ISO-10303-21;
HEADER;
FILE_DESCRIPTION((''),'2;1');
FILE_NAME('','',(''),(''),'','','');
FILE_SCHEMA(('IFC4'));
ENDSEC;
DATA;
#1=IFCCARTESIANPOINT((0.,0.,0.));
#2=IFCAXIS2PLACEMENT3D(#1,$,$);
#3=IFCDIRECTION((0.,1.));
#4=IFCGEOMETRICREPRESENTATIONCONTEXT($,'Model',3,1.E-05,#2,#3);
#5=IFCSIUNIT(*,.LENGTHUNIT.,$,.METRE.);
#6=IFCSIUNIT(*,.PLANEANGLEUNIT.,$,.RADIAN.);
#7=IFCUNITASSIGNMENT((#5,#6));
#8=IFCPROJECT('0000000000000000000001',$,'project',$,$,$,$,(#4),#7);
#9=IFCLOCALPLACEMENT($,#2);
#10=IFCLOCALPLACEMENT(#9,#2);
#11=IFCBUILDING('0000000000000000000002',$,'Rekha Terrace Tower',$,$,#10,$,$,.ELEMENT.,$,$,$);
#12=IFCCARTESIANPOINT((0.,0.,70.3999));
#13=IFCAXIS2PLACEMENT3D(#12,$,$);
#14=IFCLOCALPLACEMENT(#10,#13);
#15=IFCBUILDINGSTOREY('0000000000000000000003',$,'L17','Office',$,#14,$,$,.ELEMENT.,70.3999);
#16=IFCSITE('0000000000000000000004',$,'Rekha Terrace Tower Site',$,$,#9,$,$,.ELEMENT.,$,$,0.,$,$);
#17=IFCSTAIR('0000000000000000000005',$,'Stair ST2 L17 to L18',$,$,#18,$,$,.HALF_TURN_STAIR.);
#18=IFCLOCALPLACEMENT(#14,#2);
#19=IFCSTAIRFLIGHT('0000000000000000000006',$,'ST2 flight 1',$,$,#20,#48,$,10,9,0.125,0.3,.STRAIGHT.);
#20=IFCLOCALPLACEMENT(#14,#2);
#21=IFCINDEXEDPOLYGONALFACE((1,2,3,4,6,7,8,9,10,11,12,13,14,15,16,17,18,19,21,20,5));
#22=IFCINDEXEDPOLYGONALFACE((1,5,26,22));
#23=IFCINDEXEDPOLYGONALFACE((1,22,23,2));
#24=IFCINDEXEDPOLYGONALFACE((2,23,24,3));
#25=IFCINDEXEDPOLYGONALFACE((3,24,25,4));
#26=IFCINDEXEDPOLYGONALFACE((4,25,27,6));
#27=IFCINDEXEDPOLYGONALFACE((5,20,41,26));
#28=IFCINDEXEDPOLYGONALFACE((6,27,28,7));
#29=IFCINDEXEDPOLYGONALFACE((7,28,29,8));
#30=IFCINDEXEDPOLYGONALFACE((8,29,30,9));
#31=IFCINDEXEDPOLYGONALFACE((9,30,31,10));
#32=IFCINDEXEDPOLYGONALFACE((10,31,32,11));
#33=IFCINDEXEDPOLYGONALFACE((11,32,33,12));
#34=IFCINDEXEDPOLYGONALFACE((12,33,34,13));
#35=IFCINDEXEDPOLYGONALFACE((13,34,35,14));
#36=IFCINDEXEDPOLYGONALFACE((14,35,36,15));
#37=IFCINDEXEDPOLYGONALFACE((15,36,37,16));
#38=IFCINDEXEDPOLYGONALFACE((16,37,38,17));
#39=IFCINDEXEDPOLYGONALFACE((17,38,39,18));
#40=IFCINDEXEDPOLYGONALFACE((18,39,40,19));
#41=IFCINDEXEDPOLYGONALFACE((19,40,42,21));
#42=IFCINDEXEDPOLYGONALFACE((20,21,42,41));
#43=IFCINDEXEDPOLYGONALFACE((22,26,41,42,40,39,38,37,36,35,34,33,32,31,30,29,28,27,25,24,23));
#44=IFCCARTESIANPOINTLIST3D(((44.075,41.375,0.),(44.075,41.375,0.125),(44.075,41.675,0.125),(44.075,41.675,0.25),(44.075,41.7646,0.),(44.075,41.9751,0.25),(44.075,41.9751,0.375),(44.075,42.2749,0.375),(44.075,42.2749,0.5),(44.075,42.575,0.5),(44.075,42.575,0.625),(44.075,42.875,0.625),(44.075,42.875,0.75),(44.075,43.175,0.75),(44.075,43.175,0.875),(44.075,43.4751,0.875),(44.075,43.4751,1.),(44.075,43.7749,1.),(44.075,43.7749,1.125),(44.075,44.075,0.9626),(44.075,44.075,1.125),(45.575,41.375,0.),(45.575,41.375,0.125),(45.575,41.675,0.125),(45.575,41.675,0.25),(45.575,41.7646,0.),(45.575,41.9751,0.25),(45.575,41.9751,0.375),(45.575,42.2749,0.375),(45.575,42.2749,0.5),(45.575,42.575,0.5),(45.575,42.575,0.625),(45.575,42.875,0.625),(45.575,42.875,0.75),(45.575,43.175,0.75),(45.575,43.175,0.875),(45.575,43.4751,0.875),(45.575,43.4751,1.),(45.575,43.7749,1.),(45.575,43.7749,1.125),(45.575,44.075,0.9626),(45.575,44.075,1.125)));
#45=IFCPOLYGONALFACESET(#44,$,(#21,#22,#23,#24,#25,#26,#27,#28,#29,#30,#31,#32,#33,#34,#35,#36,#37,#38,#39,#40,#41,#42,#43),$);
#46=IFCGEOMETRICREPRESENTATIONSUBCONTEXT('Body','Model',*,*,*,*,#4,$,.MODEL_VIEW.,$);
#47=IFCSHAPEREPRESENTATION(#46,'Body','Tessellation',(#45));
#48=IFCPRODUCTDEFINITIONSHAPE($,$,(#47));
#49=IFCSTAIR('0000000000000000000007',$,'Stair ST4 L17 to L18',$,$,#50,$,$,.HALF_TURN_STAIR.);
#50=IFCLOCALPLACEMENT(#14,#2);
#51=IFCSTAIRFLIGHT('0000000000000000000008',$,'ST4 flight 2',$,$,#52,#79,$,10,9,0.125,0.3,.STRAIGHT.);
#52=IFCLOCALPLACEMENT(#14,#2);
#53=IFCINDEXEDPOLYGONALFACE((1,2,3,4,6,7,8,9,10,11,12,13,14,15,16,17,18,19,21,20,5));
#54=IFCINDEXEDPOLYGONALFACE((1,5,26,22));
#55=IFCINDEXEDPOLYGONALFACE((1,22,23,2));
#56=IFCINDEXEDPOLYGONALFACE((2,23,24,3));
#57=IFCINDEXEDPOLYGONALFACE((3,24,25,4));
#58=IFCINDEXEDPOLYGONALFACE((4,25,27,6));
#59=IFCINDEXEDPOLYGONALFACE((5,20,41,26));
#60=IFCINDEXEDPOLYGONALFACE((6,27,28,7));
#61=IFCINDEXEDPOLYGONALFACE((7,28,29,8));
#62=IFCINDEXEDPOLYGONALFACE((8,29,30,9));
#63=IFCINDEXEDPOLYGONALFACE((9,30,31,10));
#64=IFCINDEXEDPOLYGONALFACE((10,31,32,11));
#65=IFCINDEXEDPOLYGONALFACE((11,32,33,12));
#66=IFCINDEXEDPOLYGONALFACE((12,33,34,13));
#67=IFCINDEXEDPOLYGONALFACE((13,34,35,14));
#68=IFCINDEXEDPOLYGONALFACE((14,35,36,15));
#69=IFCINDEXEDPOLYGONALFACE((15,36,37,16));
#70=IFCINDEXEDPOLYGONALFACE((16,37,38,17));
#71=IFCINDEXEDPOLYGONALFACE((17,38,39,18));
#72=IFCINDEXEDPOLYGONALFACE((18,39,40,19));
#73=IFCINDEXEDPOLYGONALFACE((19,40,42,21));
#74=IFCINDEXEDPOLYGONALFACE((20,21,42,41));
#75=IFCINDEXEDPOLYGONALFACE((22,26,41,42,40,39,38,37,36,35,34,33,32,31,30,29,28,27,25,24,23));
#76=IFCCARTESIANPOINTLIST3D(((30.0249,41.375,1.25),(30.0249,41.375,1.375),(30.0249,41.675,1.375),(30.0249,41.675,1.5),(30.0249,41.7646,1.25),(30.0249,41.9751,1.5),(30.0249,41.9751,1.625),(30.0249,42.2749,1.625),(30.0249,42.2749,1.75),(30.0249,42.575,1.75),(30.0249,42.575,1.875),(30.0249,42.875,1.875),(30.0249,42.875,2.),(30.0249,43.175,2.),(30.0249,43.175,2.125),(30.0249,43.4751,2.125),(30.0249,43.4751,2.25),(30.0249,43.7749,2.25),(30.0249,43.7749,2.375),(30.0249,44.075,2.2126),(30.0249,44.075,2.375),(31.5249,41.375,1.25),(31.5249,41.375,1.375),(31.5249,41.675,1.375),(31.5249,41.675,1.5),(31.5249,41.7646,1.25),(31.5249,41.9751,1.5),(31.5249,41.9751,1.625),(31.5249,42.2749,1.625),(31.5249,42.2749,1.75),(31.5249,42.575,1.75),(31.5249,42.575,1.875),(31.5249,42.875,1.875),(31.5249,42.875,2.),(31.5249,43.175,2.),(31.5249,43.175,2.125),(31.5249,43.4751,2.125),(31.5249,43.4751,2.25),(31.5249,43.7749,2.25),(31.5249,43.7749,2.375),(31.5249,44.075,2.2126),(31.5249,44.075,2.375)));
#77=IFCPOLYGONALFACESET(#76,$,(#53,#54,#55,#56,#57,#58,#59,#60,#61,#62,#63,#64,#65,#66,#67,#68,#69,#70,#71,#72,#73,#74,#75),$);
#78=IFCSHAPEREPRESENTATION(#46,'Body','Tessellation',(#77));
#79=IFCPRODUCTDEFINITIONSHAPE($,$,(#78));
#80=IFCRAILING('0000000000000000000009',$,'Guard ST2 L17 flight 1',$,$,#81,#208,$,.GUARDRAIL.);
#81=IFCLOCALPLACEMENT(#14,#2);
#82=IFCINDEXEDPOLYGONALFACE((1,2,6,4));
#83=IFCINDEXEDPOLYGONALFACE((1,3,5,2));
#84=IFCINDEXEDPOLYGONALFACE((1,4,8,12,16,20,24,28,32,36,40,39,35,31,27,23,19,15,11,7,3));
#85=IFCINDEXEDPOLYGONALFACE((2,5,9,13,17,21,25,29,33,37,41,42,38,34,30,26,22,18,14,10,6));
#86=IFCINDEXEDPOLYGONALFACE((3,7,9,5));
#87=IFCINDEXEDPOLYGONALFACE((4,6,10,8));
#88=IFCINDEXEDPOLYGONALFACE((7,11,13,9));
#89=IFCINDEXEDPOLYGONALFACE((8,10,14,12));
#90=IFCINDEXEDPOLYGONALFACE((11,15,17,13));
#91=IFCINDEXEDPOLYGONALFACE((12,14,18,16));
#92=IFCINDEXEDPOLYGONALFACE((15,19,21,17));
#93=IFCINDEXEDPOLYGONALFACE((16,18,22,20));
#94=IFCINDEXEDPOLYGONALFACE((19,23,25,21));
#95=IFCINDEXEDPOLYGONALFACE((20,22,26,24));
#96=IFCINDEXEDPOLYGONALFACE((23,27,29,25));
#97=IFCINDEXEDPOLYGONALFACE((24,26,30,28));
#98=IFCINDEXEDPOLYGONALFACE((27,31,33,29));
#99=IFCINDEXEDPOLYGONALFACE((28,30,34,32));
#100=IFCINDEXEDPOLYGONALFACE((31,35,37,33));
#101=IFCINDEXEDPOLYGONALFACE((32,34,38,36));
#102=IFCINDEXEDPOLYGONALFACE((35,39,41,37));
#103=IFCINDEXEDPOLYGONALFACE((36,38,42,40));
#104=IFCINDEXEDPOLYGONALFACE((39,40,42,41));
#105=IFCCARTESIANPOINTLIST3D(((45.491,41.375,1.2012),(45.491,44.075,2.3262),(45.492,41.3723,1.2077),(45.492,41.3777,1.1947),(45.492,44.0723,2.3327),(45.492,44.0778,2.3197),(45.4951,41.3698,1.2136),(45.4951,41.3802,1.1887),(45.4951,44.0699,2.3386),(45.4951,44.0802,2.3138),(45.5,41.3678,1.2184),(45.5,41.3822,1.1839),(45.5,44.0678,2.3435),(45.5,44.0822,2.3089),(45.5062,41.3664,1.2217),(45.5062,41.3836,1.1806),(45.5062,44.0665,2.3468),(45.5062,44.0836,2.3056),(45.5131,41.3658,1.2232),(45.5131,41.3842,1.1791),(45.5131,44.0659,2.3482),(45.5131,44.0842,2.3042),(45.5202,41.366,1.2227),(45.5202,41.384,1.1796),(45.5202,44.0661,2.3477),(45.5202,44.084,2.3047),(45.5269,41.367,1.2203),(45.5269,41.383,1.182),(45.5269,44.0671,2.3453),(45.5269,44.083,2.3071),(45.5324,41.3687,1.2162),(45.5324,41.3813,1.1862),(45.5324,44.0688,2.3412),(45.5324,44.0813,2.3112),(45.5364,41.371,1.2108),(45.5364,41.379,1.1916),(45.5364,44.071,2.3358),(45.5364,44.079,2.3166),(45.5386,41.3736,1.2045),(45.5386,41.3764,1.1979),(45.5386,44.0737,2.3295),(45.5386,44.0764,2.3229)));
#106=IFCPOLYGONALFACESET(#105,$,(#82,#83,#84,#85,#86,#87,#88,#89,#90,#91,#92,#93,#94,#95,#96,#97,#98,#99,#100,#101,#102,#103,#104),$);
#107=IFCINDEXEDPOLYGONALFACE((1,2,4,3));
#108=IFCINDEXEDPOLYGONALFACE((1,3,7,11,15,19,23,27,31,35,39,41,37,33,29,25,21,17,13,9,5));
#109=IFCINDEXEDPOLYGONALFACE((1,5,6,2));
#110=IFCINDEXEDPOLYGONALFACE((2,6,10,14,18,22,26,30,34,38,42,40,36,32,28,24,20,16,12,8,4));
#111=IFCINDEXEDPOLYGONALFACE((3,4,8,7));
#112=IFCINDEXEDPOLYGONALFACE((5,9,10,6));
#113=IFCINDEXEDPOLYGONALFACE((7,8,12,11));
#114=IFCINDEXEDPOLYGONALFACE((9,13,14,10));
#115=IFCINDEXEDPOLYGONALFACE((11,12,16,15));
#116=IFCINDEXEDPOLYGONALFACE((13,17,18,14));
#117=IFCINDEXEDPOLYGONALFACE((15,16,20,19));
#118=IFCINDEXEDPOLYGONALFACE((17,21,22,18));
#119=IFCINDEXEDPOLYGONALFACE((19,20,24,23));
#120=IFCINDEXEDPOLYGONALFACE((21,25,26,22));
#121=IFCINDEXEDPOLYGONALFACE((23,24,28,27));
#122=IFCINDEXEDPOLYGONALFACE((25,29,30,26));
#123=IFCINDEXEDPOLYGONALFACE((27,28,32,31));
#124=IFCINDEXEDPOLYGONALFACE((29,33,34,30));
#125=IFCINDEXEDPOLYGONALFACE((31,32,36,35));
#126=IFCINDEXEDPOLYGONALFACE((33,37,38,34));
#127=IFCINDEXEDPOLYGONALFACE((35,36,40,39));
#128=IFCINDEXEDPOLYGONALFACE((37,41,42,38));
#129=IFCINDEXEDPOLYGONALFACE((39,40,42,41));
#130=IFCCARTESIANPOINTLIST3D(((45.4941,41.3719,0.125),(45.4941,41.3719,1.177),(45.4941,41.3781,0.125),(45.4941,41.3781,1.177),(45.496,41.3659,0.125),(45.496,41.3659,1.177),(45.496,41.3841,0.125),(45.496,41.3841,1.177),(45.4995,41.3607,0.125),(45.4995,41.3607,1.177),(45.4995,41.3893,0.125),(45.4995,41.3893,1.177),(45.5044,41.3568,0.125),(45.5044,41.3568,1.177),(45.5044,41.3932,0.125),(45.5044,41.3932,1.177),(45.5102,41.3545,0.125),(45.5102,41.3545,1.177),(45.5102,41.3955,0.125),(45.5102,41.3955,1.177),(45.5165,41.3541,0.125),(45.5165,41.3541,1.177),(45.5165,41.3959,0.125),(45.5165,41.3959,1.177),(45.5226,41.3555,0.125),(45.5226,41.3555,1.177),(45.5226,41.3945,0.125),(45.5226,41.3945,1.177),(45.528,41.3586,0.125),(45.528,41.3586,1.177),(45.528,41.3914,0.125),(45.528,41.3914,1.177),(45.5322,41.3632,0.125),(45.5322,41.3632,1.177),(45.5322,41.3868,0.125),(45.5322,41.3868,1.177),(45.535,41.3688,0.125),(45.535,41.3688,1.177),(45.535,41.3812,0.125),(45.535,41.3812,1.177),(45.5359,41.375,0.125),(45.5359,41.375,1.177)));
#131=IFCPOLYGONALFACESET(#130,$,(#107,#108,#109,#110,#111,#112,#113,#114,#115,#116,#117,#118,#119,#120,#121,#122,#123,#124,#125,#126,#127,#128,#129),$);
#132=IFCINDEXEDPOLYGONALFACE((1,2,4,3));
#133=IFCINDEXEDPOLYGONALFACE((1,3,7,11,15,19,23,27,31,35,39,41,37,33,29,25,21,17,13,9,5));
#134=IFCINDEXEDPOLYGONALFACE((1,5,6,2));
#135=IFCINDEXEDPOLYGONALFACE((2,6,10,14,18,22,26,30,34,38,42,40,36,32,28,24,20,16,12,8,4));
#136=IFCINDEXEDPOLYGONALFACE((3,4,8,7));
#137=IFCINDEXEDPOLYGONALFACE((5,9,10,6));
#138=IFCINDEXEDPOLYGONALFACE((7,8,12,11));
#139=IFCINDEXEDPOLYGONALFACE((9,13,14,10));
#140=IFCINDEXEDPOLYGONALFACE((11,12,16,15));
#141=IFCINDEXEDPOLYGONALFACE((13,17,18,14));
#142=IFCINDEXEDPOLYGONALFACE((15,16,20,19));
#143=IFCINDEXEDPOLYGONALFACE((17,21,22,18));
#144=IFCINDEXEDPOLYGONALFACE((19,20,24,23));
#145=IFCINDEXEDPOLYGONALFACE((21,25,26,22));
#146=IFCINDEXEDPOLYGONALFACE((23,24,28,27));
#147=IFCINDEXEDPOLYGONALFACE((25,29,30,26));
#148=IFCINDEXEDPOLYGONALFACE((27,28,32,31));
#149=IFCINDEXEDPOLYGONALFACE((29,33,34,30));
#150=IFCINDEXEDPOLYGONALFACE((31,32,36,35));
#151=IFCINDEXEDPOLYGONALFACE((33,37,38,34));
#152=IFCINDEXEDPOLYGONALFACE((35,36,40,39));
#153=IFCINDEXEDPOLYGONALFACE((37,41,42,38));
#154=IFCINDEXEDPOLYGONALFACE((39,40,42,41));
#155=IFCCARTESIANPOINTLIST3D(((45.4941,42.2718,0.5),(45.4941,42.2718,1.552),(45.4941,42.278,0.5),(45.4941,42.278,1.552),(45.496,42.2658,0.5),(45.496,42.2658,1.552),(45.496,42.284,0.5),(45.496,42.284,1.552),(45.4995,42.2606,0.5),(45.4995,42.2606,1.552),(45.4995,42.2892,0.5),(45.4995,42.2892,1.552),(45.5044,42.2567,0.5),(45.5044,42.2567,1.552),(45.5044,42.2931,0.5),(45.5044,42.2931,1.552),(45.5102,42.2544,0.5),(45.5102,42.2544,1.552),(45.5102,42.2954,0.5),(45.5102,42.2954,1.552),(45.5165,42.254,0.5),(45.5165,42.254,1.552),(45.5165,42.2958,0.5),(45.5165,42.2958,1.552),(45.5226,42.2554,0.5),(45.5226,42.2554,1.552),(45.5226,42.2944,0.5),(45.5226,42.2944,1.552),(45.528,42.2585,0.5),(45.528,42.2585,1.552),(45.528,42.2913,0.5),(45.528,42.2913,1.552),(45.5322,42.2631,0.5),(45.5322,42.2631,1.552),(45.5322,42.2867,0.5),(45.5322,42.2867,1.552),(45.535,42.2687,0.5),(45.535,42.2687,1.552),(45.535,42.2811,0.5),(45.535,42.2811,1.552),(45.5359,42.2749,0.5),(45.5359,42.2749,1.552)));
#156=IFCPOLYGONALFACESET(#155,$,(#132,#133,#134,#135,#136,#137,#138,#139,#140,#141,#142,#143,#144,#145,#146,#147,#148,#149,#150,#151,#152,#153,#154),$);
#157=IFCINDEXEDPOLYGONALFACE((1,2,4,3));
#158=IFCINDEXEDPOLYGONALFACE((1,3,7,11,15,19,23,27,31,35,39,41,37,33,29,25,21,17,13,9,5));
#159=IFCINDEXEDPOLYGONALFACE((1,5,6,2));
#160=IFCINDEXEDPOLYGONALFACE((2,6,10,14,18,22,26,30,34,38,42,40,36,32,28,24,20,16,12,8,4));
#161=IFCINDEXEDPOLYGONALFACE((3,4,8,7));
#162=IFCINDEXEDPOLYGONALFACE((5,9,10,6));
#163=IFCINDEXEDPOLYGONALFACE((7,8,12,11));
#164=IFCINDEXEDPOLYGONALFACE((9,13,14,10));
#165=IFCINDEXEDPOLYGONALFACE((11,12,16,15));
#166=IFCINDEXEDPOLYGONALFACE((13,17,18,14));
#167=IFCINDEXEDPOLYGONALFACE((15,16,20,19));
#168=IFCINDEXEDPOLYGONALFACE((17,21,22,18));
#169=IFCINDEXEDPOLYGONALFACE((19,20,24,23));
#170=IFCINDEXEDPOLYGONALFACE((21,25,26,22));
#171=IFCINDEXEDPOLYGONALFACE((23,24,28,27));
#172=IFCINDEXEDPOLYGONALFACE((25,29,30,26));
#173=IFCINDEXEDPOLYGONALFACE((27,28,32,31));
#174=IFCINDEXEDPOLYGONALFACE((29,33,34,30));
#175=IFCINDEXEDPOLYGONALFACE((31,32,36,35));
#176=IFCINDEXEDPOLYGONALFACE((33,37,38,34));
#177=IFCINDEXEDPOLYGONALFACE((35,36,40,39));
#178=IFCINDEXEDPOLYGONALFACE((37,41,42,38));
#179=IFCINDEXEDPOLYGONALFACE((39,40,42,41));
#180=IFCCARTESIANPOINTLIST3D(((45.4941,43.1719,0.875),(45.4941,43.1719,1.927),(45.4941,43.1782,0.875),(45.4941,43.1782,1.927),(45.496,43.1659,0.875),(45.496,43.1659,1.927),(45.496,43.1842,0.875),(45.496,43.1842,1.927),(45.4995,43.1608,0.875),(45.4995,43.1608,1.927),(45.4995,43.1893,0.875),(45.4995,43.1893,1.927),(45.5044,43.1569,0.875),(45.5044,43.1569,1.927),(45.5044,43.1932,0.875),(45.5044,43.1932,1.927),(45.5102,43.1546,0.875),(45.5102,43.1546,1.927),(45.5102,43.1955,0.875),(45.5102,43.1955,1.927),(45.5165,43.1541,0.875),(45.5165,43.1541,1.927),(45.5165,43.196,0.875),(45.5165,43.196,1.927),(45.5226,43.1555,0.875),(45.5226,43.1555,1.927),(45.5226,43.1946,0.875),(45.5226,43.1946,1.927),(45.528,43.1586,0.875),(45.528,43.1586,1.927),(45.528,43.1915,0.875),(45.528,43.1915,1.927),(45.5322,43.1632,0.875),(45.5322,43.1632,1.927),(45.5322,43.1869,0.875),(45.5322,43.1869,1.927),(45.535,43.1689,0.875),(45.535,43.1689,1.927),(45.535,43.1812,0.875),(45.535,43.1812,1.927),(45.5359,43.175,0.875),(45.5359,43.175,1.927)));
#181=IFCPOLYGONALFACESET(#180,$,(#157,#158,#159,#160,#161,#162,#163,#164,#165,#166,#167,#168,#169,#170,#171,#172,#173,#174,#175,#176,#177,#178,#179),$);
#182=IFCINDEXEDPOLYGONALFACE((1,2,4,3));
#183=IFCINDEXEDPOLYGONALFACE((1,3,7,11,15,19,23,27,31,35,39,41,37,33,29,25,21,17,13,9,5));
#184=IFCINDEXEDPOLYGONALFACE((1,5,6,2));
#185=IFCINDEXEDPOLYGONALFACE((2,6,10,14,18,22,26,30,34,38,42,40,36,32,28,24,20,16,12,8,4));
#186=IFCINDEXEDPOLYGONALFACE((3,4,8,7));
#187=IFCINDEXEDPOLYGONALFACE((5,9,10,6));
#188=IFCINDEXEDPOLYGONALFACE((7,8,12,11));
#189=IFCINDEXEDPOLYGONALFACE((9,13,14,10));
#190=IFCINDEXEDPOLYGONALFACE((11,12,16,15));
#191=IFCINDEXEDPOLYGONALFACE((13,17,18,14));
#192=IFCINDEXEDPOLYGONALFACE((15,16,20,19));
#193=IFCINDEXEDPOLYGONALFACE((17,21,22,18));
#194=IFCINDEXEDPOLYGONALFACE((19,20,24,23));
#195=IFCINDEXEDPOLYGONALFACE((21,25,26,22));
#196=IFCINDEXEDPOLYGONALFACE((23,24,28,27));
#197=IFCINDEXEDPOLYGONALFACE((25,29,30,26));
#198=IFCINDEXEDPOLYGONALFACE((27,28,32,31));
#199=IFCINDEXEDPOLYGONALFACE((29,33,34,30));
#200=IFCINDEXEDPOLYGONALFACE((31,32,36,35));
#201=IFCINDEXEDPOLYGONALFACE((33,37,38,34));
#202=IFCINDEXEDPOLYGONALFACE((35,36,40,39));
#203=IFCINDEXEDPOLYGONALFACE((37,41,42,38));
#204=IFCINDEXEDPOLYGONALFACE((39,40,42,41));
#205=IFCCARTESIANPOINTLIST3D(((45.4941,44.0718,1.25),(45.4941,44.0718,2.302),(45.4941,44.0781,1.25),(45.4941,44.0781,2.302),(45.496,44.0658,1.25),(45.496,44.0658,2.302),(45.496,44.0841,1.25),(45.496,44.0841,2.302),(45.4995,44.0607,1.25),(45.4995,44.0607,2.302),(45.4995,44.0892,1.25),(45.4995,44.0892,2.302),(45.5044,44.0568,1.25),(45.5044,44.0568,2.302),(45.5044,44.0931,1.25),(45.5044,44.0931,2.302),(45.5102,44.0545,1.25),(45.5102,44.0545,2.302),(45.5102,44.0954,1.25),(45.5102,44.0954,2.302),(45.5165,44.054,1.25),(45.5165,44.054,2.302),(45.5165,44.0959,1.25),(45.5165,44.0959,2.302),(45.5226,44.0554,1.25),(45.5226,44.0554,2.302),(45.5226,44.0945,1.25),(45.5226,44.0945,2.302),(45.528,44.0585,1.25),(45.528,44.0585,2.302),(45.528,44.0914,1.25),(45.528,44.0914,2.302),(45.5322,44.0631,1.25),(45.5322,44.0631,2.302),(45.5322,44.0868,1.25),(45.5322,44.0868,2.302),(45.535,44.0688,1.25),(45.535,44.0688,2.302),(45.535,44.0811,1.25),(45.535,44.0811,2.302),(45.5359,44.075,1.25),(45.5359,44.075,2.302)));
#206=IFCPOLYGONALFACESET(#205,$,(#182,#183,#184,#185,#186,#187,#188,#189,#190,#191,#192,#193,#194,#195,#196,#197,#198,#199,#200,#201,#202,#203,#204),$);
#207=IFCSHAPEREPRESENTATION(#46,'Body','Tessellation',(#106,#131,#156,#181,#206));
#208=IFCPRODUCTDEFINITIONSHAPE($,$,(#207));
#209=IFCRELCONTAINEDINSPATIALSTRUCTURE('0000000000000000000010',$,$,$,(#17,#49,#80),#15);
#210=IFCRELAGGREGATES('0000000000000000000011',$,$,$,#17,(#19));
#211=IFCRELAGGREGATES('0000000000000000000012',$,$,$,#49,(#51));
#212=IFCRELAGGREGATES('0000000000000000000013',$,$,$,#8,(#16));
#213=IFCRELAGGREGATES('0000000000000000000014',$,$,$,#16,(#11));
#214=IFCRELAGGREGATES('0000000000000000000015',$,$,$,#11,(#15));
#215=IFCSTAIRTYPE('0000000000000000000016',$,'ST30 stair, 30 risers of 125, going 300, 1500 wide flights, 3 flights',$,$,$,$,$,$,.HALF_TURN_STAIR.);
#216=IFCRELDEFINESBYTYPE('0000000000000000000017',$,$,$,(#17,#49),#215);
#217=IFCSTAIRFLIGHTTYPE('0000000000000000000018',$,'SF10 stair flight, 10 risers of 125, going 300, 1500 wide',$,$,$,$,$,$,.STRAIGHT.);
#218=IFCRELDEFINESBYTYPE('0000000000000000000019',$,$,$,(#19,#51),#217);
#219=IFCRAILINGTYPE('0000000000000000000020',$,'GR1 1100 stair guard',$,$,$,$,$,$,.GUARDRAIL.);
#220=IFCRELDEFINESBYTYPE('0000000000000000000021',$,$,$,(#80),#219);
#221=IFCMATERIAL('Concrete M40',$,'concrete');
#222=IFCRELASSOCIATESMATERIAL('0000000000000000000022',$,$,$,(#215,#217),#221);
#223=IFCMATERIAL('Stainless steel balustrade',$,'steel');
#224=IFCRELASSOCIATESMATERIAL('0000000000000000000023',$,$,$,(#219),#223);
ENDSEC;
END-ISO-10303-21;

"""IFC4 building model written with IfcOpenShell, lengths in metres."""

from ifc_helpers import new_model, si_unit, direction, frame, origin, origin_2d, place, context, subcontext, project, spatial, polyline, circle, outline, extrude, material, type_object, element, aggregate, save


model = new_model("IFC4")

# Units and contexts
model_context = context("Model", 3, precision=1e-05, world=origin(), true_north=direction((0.0, 1.0)))
body_context = subcontext(model_context, "Body", "Model", "MODEL_VIEW")
ifc_project = project(units=[si_unit("LENGTHUNIT", "METRE"), si_unit("PLANEANGLEUNIT", "RADIAN")], contexts=[model_context])

# Site, building, storey
site_placement = place(None, origin())
site = spatial("IfcSite", under=ifc_project, at=site_placement, Name="Rekha Terrace Tower Site", CompositionType="ELEMENT", RefElevation=0.0)
building_placement = place(site_placement, origin())
building = spatial("IfcBuilding", under=site, at=building_placement, Name="Rekha Terrace Tower", CompositionType="ELEMENT")
storey_placement = place(building_placement, frame((0.0, 0.0, 70.3999)))
storey = spatial("IfcBuildingStorey", under=building, at=storey_placement, Name="L17", Description="Office", CompositionType="ELEMENT", Elevation=70.3999)

# Stairs, stair flights
ifc_material_1 = material(Name="Concrete M40", Category="concrete")
stair_type = type_object("IfcStairType", Name="ST30 stair, 30 risers of 125, going 300, 1500 wide flights, 3 flights", PredefinedType="HALF_TURN_STAIR", material=ifc_material_1)
stair_1_placement = place(storey_placement, origin())
stair_1 = element("IfcStair", 1, at=stair_1_placement, inside=storey, type_object=stair_type, Name="Stair ST2 L17 to L18", PredefinedType="HALF_TURN_STAIR")
stair_flight_type = type_object("IfcStairFlightType", Name="SF10 stair flight, 10 risers of 125, going 300, 1500 wide", PredefinedType="STRAIGHT", material=ifc_material_1)
stair_flight_1_placement = place(storey_placement, frame((44.825, 41.375, 0.0), z_axis=(0.0, 0.0, 1.0), x_axis=(0.0, 1.0, 0.0)))
stair_flight_1 = element("IfcStairFlight", 2, at=stair_flight_1_placement, type_object=stair_flight_type, Name="ST2 flight 1", NumberOfRisers=10, NumberOfTreads=9, PredefinedType="STRAIGHT", RiserHeight=0.125, TreadLength=0.3, context=body_context, shape_type="SweptSolid", body=[
    extrude(outline(polyline([(0.0, 0.0), (0.0, 0.125), (0.3, 0.125), (0.3, 0.25), (0.6001, 0.25), (0.6001, 0.375), (0.8999, 0.375), (0.8999, 0.5), (1.2, 0.5), (1.2, 0.625), (1.5, 0.625), (1.5, 0.75), (1.8, 0.75), (1.8, 0.875), (2.1001, 0.875), (2.1001, 1.0), (2.3999, 1.0), (2.3999, 1.125), (2.7, 1.125), (2.7, 1.25), (2.7, 0.9626), (0.3896, 0.0), (0.0, 0.0)])), frame((0.0, 0.75, 0.0), z_axis=(0.0, -1.0, 0.0), x_axis=(1.0, 0.0, 0.0)), (0.0, 0.0, 1.0), 1.5),
])
aggregate(stair_1, [stair_flight_1])
stair_2_placement = place(storey_placement, origin())
stair_2 = element("IfcStair", 3, at=stair_2_placement, inside=storey, type_object=stair_type, Name="Stair ST4 L17 to L18", PredefinedType="HALF_TURN_STAIR")
stair_flight_2_placement = place(storey_placement, frame((30.7749, 41.375, 1.25), z_axis=(0.0, 0.0, 1.0), x_axis=(0.0, 1.0, 0.0)))
stair_flight_2 = element("IfcStairFlight", 4, at=stair_flight_2_placement, type_object=stair_flight_type, Name="ST4 flight 2", NumberOfRisers=10, NumberOfTreads=9, PredefinedType="STRAIGHT", RiserHeight=0.125, TreadLength=0.3, context=body_context, shape_type="SweptSolid", body=[
    extrude(outline(polyline([(0.0, 0.0), (0.0, 0.125), (0.3, 0.125), (0.3, 0.25), (0.6001, 0.25), (0.6001, 0.375), (0.8999, 0.375), (0.8999, 0.5), (1.2, 0.5), (1.2, 0.625), (1.5, 0.625), (1.5, 0.75), (1.8, 0.75), (1.8, 0.875), (2.1001, 0.875), (2.1001, 1.0), (2.3999, 1.0), (2.3999, 1.125), (2.7, 1.125), (2.7, 1.25), (2.7, 0.9626), (0.3896, 0.0), (0.0, 0.0)])), frame((0.0, 0.75, 0.0), z_axis=(0.0, -1.0, 0.0), x_axis=(1.0, 0.0, 0.0)), (0.0, 0.0, 1.0), 1.5),
])
aggregate(stair_2, [stair_flight_2])

# Railing
ifc_material_2 = material(Name="Stainless steel balustrade", Category="steel")
railing_type_1 = type_object("IfcRailingType", Name="GR1 1100 stair guard", PredefinedType="GUARDRAIL", material=ifc_material_2)
railing_1_placement = place(storey_placement, frame((45.5149, 41.375, 0.125)))
element("IfcRailing", 5, at=railing_1_placement, inside=storey, type_object=railing_type_1, Name="Guard ST2 L17 flight 1", PredefinedType="GUARDRAIL", context=body_context, shape_type="SweptSolid", body=[
    extrude(circle(Radius=0.0239, at=origin_2d()), frame((0.0, 0.0, 1.0762), z_axis=(0.0, 0.923074, 0.384621), x_axis=(-1.0, 0.0, 0.0)), (0.0, 0.0, 1.0), 2.925),
    extrude(circle(Radius=0.021, at=origin_2d()), origin(), (0.0, 0.0, 1.0), 1.052),
    extrude(circle(Radius=0.021, at=origin_2d()), frame((0.0, 0.8999, 0.375)), (0.0, 0.0, 1.0), 1.052),
    extrude(circle(Radius=0.021, at=origin_2d()), frame((0.0, 1.8, 0.75)), (0.0, 0.0, 1.0), 1.052),
    extrude(circle(Radius=0.021, at=origin_2d()), frame((0.0, 2.7, 1.125)), (0.0, 0.0, 1.0), 1.052),
])

save(model, "model.ifc")
